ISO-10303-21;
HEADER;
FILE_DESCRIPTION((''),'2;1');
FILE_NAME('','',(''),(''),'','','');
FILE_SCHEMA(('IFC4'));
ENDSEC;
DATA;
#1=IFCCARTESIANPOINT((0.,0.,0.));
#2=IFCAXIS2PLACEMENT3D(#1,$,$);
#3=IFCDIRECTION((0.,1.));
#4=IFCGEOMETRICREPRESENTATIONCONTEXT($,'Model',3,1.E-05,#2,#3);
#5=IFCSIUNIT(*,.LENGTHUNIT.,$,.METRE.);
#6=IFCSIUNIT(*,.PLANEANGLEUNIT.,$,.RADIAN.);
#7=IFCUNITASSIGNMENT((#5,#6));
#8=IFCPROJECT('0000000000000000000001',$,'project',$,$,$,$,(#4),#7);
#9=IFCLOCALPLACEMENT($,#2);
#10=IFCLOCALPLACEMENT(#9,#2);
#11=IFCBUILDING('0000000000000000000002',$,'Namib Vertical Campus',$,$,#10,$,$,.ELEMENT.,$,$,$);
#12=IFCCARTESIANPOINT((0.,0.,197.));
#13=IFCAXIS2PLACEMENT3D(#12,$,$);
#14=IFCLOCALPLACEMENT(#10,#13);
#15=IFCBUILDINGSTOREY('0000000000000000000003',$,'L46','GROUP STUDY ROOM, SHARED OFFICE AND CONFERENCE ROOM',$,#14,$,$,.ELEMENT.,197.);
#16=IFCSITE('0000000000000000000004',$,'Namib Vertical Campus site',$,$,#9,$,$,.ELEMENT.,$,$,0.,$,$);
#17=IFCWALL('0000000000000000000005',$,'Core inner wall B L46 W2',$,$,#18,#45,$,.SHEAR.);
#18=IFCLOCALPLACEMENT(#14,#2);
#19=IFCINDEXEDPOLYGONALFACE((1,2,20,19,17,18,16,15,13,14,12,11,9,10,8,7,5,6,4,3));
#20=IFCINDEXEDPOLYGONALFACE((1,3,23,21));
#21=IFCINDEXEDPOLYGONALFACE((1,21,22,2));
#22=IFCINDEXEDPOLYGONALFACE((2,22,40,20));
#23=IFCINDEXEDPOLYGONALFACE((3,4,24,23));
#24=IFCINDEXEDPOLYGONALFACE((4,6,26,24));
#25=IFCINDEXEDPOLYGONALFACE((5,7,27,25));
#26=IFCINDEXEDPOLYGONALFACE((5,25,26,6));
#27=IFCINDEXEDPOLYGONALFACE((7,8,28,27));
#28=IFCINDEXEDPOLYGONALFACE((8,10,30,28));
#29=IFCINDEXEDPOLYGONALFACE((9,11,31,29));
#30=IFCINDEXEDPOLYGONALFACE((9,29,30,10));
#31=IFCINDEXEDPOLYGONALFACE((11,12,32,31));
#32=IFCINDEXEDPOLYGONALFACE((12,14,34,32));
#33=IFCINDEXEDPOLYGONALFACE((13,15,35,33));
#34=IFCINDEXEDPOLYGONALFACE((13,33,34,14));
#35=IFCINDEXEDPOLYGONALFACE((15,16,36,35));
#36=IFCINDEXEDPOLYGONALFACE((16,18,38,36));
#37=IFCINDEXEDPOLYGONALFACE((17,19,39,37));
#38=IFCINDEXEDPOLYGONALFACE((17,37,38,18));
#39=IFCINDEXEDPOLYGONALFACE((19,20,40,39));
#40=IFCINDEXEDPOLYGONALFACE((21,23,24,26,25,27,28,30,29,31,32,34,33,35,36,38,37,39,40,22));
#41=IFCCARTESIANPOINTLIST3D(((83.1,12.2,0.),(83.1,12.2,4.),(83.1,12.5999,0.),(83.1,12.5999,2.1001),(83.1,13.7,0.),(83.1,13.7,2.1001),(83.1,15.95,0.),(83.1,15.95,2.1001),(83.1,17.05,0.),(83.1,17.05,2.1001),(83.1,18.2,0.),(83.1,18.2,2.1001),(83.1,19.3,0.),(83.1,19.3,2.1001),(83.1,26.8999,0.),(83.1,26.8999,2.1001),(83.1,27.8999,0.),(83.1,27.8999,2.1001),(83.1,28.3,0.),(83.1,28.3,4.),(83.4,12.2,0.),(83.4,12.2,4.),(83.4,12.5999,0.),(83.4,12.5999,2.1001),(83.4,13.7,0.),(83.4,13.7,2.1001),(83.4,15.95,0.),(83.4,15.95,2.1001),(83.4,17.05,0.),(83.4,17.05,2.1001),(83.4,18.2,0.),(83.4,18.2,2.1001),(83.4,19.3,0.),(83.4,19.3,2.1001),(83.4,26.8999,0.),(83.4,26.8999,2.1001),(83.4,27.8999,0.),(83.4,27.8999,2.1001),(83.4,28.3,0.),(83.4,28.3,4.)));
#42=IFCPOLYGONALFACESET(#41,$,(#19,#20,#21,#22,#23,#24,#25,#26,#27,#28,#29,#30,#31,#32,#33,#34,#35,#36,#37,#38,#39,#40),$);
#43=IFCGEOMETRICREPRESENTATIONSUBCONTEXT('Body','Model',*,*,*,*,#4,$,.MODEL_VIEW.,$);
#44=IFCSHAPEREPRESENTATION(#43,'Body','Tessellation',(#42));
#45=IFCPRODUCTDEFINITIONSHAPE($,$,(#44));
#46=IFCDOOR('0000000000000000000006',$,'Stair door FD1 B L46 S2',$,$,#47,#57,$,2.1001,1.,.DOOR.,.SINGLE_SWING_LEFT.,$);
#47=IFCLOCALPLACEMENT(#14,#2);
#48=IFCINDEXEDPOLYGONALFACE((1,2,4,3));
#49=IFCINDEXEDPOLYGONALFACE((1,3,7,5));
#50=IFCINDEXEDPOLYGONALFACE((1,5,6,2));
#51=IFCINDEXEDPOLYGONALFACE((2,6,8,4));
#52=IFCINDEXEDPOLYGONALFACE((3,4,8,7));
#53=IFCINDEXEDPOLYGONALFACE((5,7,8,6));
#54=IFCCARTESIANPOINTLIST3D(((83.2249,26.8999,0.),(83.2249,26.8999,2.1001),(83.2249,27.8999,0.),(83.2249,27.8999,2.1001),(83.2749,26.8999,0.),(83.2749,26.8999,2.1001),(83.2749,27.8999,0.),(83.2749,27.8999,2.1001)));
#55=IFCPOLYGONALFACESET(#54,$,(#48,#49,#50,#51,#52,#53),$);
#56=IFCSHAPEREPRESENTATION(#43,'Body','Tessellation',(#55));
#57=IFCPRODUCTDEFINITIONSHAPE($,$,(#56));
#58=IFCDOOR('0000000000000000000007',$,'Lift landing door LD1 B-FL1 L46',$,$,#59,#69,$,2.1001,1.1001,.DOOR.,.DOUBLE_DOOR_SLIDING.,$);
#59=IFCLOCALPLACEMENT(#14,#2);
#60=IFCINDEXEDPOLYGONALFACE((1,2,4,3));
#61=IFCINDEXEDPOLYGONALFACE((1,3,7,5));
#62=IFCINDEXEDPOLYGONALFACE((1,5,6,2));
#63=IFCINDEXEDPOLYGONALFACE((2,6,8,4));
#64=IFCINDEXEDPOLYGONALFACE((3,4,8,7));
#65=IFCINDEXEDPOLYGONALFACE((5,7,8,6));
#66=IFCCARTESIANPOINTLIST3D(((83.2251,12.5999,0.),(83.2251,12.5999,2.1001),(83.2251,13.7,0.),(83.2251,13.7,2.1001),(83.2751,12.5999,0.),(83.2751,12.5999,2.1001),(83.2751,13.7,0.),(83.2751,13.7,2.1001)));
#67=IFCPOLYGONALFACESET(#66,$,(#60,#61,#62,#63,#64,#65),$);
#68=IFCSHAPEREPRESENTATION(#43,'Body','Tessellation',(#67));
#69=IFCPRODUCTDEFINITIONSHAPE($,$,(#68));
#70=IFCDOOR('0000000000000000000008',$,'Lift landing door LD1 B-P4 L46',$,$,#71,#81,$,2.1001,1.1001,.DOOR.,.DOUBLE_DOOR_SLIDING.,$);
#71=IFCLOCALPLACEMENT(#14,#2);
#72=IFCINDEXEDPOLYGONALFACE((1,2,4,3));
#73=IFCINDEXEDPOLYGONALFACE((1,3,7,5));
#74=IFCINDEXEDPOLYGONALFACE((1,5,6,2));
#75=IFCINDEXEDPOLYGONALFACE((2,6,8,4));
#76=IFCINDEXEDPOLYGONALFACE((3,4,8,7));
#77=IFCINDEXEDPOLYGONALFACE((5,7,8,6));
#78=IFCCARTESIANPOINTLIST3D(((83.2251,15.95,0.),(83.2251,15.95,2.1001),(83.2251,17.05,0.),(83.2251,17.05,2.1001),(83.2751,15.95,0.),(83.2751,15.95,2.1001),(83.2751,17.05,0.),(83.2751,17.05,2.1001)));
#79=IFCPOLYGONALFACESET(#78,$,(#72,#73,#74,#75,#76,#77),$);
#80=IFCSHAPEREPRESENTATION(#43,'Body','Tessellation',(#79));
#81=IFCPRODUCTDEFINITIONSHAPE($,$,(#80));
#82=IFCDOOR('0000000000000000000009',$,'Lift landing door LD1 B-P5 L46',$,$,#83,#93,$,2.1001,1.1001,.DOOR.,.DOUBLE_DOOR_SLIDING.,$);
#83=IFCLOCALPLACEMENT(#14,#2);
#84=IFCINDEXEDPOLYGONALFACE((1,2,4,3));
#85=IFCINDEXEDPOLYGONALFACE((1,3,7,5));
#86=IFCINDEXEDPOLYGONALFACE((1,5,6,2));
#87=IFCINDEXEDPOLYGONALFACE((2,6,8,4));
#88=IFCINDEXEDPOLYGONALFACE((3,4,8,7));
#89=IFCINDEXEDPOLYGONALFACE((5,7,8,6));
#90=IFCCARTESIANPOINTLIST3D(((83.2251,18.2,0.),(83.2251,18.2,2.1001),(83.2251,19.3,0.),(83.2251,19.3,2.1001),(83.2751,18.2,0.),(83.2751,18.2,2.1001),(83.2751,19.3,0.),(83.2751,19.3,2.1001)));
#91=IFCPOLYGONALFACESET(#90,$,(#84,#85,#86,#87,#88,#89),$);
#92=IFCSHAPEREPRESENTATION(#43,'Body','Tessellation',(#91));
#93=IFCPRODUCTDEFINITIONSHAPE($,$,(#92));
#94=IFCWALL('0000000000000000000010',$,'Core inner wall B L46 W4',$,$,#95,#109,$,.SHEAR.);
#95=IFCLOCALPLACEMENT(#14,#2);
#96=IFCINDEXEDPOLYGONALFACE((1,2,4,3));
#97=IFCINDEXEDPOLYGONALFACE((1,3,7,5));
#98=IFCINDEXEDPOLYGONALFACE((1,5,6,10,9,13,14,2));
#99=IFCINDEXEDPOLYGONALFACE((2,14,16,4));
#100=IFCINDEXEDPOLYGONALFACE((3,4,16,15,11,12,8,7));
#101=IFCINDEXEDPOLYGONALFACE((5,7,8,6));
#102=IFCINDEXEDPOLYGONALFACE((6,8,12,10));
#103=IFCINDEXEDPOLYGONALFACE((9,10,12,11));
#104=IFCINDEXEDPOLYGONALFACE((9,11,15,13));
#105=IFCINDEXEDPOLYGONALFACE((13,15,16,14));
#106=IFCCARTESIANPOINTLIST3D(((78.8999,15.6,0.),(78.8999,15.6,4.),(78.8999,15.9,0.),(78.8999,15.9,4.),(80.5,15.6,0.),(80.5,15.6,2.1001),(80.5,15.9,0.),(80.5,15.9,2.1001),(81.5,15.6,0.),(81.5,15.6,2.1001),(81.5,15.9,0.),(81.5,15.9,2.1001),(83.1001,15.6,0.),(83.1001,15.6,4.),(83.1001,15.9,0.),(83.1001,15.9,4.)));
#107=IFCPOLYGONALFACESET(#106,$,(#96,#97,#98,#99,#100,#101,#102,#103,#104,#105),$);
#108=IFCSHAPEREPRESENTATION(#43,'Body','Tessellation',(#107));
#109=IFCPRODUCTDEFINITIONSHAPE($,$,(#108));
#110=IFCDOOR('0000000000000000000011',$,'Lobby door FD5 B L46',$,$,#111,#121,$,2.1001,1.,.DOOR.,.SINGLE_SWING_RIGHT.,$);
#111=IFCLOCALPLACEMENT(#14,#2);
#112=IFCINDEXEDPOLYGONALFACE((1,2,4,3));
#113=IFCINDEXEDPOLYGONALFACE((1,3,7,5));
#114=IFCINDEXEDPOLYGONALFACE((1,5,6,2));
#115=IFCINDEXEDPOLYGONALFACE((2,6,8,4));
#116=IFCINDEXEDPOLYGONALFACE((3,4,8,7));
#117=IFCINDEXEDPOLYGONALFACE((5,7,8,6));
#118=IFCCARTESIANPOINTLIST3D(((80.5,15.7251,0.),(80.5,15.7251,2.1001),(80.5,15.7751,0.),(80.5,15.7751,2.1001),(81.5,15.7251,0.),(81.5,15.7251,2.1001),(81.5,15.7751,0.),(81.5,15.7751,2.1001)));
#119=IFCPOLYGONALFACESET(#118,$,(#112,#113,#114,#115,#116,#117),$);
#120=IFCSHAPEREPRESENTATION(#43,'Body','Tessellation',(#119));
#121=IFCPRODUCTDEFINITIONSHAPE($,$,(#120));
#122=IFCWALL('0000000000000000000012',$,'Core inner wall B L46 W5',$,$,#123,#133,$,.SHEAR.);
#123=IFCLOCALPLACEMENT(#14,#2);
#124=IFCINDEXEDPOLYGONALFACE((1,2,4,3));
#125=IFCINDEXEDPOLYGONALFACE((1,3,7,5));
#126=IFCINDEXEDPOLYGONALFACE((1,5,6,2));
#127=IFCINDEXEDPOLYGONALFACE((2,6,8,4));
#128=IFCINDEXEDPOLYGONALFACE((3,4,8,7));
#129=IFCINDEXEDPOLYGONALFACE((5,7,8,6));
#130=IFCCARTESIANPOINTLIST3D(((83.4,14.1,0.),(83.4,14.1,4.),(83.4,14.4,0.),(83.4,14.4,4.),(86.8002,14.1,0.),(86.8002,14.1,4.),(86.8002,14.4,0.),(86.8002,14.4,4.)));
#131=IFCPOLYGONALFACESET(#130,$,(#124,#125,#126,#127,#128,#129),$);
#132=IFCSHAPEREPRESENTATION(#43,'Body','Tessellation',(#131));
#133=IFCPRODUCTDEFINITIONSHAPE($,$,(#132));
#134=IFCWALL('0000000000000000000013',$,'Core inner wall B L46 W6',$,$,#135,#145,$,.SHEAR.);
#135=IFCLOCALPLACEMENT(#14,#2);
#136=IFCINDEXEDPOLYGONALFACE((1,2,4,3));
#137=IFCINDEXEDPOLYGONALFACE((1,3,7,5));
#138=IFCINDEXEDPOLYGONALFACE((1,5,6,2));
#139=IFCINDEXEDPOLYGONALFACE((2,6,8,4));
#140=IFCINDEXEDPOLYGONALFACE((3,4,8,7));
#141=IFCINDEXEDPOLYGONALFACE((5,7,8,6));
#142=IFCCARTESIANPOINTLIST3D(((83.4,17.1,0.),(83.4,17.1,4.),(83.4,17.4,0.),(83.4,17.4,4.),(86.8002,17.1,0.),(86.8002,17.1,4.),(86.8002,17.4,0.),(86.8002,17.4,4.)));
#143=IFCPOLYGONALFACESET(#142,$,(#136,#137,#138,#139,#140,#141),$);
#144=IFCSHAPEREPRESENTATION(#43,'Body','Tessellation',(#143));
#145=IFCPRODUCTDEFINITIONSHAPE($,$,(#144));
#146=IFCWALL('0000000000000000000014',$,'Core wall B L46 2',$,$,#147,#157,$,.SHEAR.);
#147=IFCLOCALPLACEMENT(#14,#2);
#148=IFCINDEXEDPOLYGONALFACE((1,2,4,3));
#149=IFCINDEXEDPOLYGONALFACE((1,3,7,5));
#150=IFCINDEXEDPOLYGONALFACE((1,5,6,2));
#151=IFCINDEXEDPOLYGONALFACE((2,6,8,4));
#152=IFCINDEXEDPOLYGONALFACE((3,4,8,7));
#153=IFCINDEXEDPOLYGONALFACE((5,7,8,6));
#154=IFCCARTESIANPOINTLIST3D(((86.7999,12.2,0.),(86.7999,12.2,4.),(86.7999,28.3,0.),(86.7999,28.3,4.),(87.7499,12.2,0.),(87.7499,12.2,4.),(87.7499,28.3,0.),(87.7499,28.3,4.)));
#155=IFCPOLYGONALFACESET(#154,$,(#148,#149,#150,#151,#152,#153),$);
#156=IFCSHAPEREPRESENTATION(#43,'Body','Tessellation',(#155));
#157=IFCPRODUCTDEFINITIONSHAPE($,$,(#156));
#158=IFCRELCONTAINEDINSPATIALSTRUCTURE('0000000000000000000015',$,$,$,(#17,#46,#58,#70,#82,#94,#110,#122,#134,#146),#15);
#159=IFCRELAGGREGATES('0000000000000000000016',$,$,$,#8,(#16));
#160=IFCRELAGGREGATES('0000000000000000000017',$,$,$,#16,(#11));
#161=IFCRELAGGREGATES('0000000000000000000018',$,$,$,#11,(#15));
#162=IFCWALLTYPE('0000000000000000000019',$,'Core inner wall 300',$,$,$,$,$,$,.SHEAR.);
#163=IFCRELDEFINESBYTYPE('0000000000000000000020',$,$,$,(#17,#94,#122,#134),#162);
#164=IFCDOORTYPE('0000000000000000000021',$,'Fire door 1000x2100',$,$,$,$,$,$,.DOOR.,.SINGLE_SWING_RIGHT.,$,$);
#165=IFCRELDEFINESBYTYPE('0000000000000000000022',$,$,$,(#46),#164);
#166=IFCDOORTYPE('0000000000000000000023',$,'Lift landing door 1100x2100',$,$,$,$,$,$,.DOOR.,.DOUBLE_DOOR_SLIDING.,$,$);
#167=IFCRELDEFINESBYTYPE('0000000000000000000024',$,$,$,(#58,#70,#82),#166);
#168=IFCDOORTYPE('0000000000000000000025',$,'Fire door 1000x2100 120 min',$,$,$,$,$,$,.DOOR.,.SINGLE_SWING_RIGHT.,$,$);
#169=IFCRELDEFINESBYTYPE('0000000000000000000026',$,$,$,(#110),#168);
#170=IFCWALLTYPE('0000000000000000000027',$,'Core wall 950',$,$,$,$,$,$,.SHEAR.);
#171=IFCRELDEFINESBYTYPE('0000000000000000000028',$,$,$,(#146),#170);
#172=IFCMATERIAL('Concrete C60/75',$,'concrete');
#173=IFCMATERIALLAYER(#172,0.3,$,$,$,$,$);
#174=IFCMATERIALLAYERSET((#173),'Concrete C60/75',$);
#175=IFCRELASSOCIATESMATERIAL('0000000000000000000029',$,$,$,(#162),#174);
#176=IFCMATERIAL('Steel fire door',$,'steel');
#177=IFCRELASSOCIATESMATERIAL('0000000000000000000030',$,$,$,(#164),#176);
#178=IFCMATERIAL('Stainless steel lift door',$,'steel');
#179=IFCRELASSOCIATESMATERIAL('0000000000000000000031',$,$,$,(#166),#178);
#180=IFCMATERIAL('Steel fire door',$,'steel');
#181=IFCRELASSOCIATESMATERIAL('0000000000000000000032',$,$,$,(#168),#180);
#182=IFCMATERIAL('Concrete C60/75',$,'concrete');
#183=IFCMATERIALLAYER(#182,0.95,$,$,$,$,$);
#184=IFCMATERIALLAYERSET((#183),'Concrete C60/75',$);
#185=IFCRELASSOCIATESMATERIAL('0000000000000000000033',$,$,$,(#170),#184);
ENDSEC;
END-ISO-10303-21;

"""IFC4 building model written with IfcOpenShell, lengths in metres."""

from ifc_helpers import new_model, si_unit, direction, frame, frame_2d, origin, place, context, subcontext, project, spatial, rectangle, extrude, material, layer, layer_set, type_object, element, fill, save


model = new_model("IFC4")

# Units and contexts
model_context = context("Model", 3, precision=1e-05, world=origin(), true_north=direction((0.0, 1.0)))
body_context = subcontext(model_context, "Body", "Model", "MODEL_VIEW")
ifc_project = project(units=[si_unit("LENGTHUNIT", "METRE"), si_unit("PLANEANGLEUNIT", "RADIAN")], contexts=[model_context])

# Site, building, storey
site_placement = place(None, origin())
site = spatial("IfcSite", under=ifc_project, at=site_placement, Name="Namib Vertical Campus site", CompositionType="ELEMENT", RefElevation=0.0)
building_placement = place(site_placement, origin())
building = spatial("IfcBuilding", under=site, at=building_placement, Name="Namib Vertical Campus", CompositionType="ELEMENT")
storey_placement = place(building_placement, frame((0.0, 0.0, 197.0)))
storey = spatial("IfcBuildingStorey", under=building, at=storey_placement, Name="L46", Description="GROUP STUDY ROOM, SHARED OFFICE AND CONFERENCE ROOM", CompositionType="ELEMENT", Elevation=197.0)

# Wall, openings, doors
ifc_material_1 = material(Name="Concrete C60/75", Category="concrete")
ifc_layer_1 = layer(ifc_material_1, 0.3)
ifc_layer_set_1 = layer_set([ifc_layer_1], Name="Concrete C60/75")
wall_type_1 = type_object("IfcWallType", Name="Core inner wall 300", PredefinedType="SHEAR", material=ifc_layer_set_1)
ifc_material_2 = material(Name="Steel fire door", Category="steel")
door_type_1 = type_object("IfcDoorType", Name="Fire door 1000x2100", OperationType="SINGLE_SWING_RIGHT", PredefinedType="DOOR", material=ifc_material_2)
ifc_material_3 = material(Name="Stainless steel lift door", Category="steel")
door_type_2 = type_object("IfcDoorType", Name="Lift landing door 1100x2100", OperationType="DOUBLE_DOOR_SLIDING", PredefinedType="DOOR", material=ifc_material_3)
wall_1_placement = place(storey_placement, frame((83.25, 12.2, 0.0), z_axis=(0.0, 0.0, 1.0), x_axis=(0.0, 1.0, 0.0)))
wall_1 = element("IfcWall", 1, at=wall_1_placement, inside=storey, type_object=wall_type_1, Name="Core inner wall B L46 W2", PredefinedType="SHEAR", context=body_context, shape_type="SweptSolid", body=[
    extrude(rectangle(XDim=16.1001, YDim=0.3, at=frame_2d((8.05, 0.0))), origin(), (0.0, 0.0, 1.0), 4.0),
])
opening_1_placement = place(wall_1_placement, frame((14.7, 0.0, 0.0)))
opening_1 = element("IfcOpeningElement", 2, at=opening_1_placement, cuts=wall_1, PredefinedType="OPENING", context=body_context, shape_type="SweptSolid", body=[
    extrude(rectangle(XDim=1.0, YDim=2.1001, at=frame_2d((0.5, 1.05))), frame((0.0, 0.1599, 0.0), z_axis=(0.0, -1.0, 0.0), x_axis=(1.0, 0.0, 0.0)), (0.0, 0.0, 1.0), 0.3201),
])
opening_2_placement = place(wall_1_placement, frame((0.3999, 0.0, 0.0)))
opening_2 = element("IfcOpeningElement", 3, at=opening_2_placement, cuts=wall_1, PredefinedType="OPENING", context=body_context, shape_type="SweptSolid", body=[
    extrude(rectangle(XDim=1.1001, YDim=2.1001, at=frame_2d((0.55, 1.05))), frame((0.0, 0.1599, 0.0), z_axis=(0.0, -1.0, 0.0), x_axis=(1.0, 0.0, 0.0)), (0.0, 0.0, 1.0), 0.3201),
])
opening_3_placement = place(wall_1_placement, frame((3.75, 0.0, 0.0)))
opening_3 = element("IfcOpeningElement", 4, at=opening_3_placement, cuts=wall_1, PredefinedType="OPENING", context=body_context, shape_type="SweptSolid", body=[
    extrude(rectangle(XDim=1.1001, YDim=2.1001, at=frame_2d((0.55, 1.05))), frame((0.0, 0.1599, 0.0), z_axis=(0.0, -1.0, 0.0), x_axis=(1.0, 0.0, 0.0)), (0.0, 0.0, 1.0), 0.3201),
])
opening_4_placement = place(wall_1_placement, frame((6.0, 0.0, 0.0)))
opening_4 = element("IfcOpeningElement", 5, at=opening_4_placement, cuts=wall_1, PredefinedType="OPENING", context=body_context, shape_type="SweptSolid", body=[
    extrude(rectangle(XDim=1.1001, YDim=2.1001, at=frame_2d((0.55, 1.05))), frame((0.0, 0.1599, 0.0), z_axis=(0.0, -1.0, 0.0), x_axis=(1.0, 0.0, 0.0)), (0.0, 0.0, 1.0), 0.3201),
])
door_1_placement = place(opening_1_placement, frame((1.0, 0.0, 0.0), z_axis=(0.0, 0.0, 1.0), x_axis=(-1.0, 0.0, 0.0)))
door_1 = element("IfcDoor", 6, at=door_1_placement, inside=storey, type_object=door_type_1, Name="Stair door FD1 B L46 S2", OperationType="SINGLE_SWING_LEFT", OverallHeight=2.1001, OverallWidth=1.0, PredefinedType="DOOR", context=body_context, shape_type="SweptSolid", body=[
    extrude(rectangle(XDim=1.0, YDim=2.1001, at=frame_2d((0.5, 1.05))), frame((0.0, 0.0249, 0.0), z_axis=(0.0, -1.0, 0.0), x_axis=(1.0, 0.0, 0.0)), (0.0, 0.0, 1.0), 0.05),
])
fill(opening_1, door_1)
door_2_placement = place(opening_2_placement, origin())
door_2 = element("IfcDoor", 7, at=door_2_placement, inside=storey, type_object=door_type_2, Name="Lift landing door LD1 B-FL1 L46", OperationType="DOUBLE_DOOR_SLIDING", OverallHeight=2.1001, OverallWidth=1.1001, PredefinedType="DOOR", context=body_context, shape_type="SweptSolid", body=[
    extrude(rectangle(XDim=1.1001, YDim=2.1001, at=frame_2d((0.55, 1.05))), frame((0.0, 0.0249, 0.0), z_axis=(0.0, -1.0, 0.0), x_axis=(1.0, 0.0, 0.0)), (0.0, 0.0, 1.0), 0.05),
])
fill(opening_2, door_2)
door_3_placement = place(opening_3_placement, origin())
door_3 = element("IfcDoor", 8, at=door_3_placement, inside=storey, type_object=door_type_2, Name="Lift landing door LD1 B-P4 L46", OperationType="DOUBLE_DOOR_SLIDING", OverallHeight=2.1001, OverallWidth=1.1001, PredefinedType="DOOR", context=body_context, shape_type="SweptSolid", body=[
    extrude(rectangle(XDim=1.1001, YDim=2.1001, at=frame_2d((0.55, 1.05))), frame((0.0, 0.0249, 0.0), z_axis=(0.0, -1.0, 0.0), x_axis=(1.0, 0.0, 0.0)), (0.0, 0.0, 1.0), 0.05),
])
fill(opening_3, door_3)
door_4_placement = place(opening_4_placement, origin())
door_4 = element("IfcDoor", 9, at=door_4_placement, inside=storey, type_object=door_type_2, Name="Lift landing door LD1 B-P5 L46", OperationType="DOUBLE_DOOR_SLIDING", OverallHeight=2.1001, OverallWidth=1.1001, PredefinedType="DOOR", context=body_context, shape_type="SweptSolid", body=[
    extrude(rectangle(XDim=1.1001, YDim=2.1001, at=frame_2d((0.55, 1.05))), frame((0.0, 0.0249, 0.0), z_axis=(0.0, -1.0, 0.0), x_axis=(1.0, 0.0, 0.0)), (0.0, 0.0, 1.0), 0.05),
])
fill(opening_4, door_4)

# Wall, opening, door
wall_2_placement = place(storey_placement, frame((78.8999, 15.75, 0.0), z_axis=(0.0, 0.0, 1.0), x_axis=(1.0, 0.0, 0.0)))
wall_2 = element("IfcWall", 10, at=wall_2_placement, inside=storey, type_object=wall_type_1, Name="Core inner wall B L46 W4", PredefinedType="SHEAR", context=body_context, shape_type="SweptSolid", body=[
    extrude(rectangle(XDim=4.2002, YDim=0.3, at=frame_2d((2.1001, 0.0))), origin(), (0.0, 0.0, 1.0), 4.0),
])
opening_5_placement = place(wall_2_placement, frame((1.6001, 0.0, 0.0)))
opening_5 = element("IfcOpeningElement", 11, at=opening_5_placement, cuts=wall_2, PredefinedType="OPENING", context=body_context, shape_type="SweptSolid", body=[
    extrude(rectangle(XDim=1.0, YDim=2.1001, at=frame_2d((0.5, 1.05))), frame((0.0, 0.1599, 0.0), z_axis=(0.0, -1.0, 0.0), x_axis=(1.0, 0.0, 0.0)), (0.0, 0.0, 1.0), 0.3201),
])
ifc_material_4 = material(Name="Steel fire door", Category="steel")
door_type_3 = type_object("IfcDoorType", Name="Fire door 1000x2100 120 min", OperationType="SINGLE_SWING_RIGHT", PredefinedType="DOOR", material=ifc_material_4)
door_5_placement = place(opening_5_placement, frame((1.0, 0.0, 0.0), z_axis=(0.0, 0.0, 1.0), x_axis=(-1.0, 0.0, 0.0)))
door_5 = element("IfcDoor", 12, at=door_5_placement, inside=storey, type_object=door_type_3, Name="Lobby door FD5 B L46", OperationType="SINGLE_SWING_RIGHT", OverallHeight=2.1001, OverallWidth=1.0, PredefinedType="DOOR", context=body_context, shape_type="SweptSolid", body=[
    extrude(rectangle(XDim=1.0, YDim=2.1001, at=frame_2d((0.5, 1.05))), frame((0.0, 0.0249, 0.0), z_axis=(0.0, -1.0, 0.0), x_axis=(1.0, 0.0, 0.0)), (0.0, 0.0, 1.0), 0.05),
])
fill(opening_5, door_5)

# Walls
for number, where, z_axis, x_axis, name in (
    (13, (83.3999, 14.25, 0.0), (0.0, 0.0, 1.0), (1.0, 0.0, 0.0), "Core inner wall B L46 W5"),
    (14, (83.3999, 17.25, 0.0), (0.0, 0.0, 1.0), (1.0, 0.0, 0.0), "Core inner wall B L46 W6"),
):
    element("IfcWall", number, at=place(storey_placement, frame(where, z_axis=z_axis, x_axis=x_axis)), inside=storey, type_object=wall_type_1, Name=name, PredefinedType="SHEAR", context=body_context, shape_type="SweptSolid", body=[
        extrude(rectangle(XDim=3.4001, YDim=0.3, at=frame_2d((1.7002, 0.0))), origin(), (0.0, 0.0, 1.0), 4.0),
    ])
ifc_material_5 = material(Name="Concrete C60/75", Category="concrete")
ifc_layer_2 = layer(ifc_material_5, 0.95)
ifc_layer_set_2 = layer_set([ifc_layer_2], Name="Concrete C60/75")
wall_type_2 = type_object("IfcWallType", Name="Core wall 950", PredefinedType="SHEAR", material=ifc_layer_set_2)
wall_3_placement = place(storey_placement, frame((87.2749, 12.2, 0.0), z_axis=(0.0, 0.0, 1.0), x_axis=(0.0, 1.0, 0.0)))
element("IfcWall", 15, at=wall_3_placement, inside=storey, type_object=wall_type_2, Name="Core wall B L46 2", PredefinedType="SHEAR", context=body_context, shape_type="SweptSolid", body=[
    extrude(rectangle(XDim=16.1001, YDim=0.95, at=frame_2d((8.05, 0.0))), origin(), (0.0, 0.0, 1.0), 4.0),
])

save(model, "model.ifc")
